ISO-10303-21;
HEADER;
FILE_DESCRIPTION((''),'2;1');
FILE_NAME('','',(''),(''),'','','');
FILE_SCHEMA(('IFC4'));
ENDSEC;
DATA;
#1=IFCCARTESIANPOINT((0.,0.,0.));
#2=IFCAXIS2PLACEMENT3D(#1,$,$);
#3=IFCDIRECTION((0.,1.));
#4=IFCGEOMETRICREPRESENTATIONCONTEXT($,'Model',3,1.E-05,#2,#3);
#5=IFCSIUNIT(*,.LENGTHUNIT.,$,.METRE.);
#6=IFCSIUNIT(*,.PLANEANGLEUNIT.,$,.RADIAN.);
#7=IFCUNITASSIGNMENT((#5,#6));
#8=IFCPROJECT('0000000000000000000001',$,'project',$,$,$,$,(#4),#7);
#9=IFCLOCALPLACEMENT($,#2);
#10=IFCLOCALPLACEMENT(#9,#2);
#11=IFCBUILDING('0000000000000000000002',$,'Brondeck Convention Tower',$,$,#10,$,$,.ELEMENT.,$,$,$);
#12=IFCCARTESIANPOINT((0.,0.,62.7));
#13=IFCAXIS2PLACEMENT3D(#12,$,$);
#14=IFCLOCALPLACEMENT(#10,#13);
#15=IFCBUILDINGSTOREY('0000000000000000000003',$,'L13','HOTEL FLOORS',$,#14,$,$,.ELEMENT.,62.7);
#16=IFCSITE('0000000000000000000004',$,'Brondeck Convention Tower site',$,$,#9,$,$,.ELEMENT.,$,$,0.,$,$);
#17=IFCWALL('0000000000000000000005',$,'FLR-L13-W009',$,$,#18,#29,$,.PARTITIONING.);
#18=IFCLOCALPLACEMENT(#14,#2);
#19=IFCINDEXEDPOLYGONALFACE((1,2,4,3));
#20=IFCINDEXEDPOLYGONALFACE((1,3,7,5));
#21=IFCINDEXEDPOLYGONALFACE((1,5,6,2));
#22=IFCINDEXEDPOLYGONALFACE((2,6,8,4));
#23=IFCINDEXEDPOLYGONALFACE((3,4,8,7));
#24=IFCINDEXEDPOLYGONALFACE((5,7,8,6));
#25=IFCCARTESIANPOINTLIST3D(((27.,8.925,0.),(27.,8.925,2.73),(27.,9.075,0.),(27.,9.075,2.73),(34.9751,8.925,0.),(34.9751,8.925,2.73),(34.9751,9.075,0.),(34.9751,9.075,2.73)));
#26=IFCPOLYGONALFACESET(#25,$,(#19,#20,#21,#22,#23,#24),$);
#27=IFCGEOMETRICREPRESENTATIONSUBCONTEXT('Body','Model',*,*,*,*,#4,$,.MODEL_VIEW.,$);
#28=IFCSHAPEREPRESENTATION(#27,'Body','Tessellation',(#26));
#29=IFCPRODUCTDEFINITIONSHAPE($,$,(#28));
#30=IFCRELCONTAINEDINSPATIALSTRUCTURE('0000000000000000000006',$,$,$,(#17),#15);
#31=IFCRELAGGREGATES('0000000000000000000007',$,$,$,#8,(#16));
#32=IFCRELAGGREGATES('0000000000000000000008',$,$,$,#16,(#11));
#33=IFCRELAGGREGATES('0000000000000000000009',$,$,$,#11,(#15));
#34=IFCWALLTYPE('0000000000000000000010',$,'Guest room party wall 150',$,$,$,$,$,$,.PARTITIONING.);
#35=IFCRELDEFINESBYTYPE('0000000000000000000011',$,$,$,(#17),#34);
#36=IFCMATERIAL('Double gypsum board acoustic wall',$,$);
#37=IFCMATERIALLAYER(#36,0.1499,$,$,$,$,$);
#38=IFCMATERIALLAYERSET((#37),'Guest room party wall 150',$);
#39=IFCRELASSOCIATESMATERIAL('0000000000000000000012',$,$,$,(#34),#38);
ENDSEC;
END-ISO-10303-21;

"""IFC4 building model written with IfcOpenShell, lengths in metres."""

from ifc_helpers import new_model, si_unit, direction, frame, frame_2d, origin, place, context, subcontext, project, spatial, rectangle, extrude, material, layer, layer_set, type_object, element, save


model = new_model("IFC4")

# Units and contexts
model_context = context("Model", 3, precision=1e-05, world=origin(), true_north=direction((0.0, 1.0)))
body_context = subcontext(model_context, "Body", "Model", "MODEL_VIEW")
ifc_project = project(units=[si_unit("LENGTHUNIT", "METRE"), si_unit("PLANEANGLEUNIT", "RADIAN")], contexts=[model_context])

# Site, building, storey
site_placement = place(None, origin())
site = spatial("IfcSite", under=ifc_project, at=site_placement, Name="Brondeck Convention Tower site", CompositionType="ELEMENT", RefElevation=0.0)
building_placement = place(site_placement, origin())
building = spatial("IfcBuilding", under=site, at=building_placement, Name="Brondeck Convention Tower", CompositionType="ELEMENT")
storey_placement = place(building_placement, frame((0.0, 0.0, 62.7)))
storey = spatial("IfcBuildingStorey", under=building, at=storey_placement, Name="L13", Description="HOTEL FLOORS", CompositionType="ELEMENT", Elevation=62.7)

# Wall
ifc_material_1 = material(Name="Double gypsum board acoustic wall")
ifc_layer_1 = layer(ifc_material_1, 0.1499)
ifc_layer_set_1 = layer_set([ifc_layer_1], Name="Guest room party wall 150")
wall_type_1 = type_object("IfcWallType", Name="Guest room party wall 150", PredefinedType="PARTITIONING", material=ifc_layer_set_1)
wall_1_placement = place(storey_placement, frame((34.9751, 9.0, 0.0), z_axis=(0.0, 0.0, 1.0), x_axis=(-1.0, 0.0, 0.0)))
element("IfcWall", 1, at=wall_1_placement, inside=storey, type_object=wall_type_1, Name="FLR-L13-W009", PredefinedType="PARTITIONING", context=body_context, shape_type="SweptSolid", body=[
    extrude(rectangle(XDim=7.9751, YDim=0.1499, at=frame_2d((3.9875, 0.0))), origin(), (0.0, 0.0, 1.0), 2.73),
])

save(model, "model.ifc")
